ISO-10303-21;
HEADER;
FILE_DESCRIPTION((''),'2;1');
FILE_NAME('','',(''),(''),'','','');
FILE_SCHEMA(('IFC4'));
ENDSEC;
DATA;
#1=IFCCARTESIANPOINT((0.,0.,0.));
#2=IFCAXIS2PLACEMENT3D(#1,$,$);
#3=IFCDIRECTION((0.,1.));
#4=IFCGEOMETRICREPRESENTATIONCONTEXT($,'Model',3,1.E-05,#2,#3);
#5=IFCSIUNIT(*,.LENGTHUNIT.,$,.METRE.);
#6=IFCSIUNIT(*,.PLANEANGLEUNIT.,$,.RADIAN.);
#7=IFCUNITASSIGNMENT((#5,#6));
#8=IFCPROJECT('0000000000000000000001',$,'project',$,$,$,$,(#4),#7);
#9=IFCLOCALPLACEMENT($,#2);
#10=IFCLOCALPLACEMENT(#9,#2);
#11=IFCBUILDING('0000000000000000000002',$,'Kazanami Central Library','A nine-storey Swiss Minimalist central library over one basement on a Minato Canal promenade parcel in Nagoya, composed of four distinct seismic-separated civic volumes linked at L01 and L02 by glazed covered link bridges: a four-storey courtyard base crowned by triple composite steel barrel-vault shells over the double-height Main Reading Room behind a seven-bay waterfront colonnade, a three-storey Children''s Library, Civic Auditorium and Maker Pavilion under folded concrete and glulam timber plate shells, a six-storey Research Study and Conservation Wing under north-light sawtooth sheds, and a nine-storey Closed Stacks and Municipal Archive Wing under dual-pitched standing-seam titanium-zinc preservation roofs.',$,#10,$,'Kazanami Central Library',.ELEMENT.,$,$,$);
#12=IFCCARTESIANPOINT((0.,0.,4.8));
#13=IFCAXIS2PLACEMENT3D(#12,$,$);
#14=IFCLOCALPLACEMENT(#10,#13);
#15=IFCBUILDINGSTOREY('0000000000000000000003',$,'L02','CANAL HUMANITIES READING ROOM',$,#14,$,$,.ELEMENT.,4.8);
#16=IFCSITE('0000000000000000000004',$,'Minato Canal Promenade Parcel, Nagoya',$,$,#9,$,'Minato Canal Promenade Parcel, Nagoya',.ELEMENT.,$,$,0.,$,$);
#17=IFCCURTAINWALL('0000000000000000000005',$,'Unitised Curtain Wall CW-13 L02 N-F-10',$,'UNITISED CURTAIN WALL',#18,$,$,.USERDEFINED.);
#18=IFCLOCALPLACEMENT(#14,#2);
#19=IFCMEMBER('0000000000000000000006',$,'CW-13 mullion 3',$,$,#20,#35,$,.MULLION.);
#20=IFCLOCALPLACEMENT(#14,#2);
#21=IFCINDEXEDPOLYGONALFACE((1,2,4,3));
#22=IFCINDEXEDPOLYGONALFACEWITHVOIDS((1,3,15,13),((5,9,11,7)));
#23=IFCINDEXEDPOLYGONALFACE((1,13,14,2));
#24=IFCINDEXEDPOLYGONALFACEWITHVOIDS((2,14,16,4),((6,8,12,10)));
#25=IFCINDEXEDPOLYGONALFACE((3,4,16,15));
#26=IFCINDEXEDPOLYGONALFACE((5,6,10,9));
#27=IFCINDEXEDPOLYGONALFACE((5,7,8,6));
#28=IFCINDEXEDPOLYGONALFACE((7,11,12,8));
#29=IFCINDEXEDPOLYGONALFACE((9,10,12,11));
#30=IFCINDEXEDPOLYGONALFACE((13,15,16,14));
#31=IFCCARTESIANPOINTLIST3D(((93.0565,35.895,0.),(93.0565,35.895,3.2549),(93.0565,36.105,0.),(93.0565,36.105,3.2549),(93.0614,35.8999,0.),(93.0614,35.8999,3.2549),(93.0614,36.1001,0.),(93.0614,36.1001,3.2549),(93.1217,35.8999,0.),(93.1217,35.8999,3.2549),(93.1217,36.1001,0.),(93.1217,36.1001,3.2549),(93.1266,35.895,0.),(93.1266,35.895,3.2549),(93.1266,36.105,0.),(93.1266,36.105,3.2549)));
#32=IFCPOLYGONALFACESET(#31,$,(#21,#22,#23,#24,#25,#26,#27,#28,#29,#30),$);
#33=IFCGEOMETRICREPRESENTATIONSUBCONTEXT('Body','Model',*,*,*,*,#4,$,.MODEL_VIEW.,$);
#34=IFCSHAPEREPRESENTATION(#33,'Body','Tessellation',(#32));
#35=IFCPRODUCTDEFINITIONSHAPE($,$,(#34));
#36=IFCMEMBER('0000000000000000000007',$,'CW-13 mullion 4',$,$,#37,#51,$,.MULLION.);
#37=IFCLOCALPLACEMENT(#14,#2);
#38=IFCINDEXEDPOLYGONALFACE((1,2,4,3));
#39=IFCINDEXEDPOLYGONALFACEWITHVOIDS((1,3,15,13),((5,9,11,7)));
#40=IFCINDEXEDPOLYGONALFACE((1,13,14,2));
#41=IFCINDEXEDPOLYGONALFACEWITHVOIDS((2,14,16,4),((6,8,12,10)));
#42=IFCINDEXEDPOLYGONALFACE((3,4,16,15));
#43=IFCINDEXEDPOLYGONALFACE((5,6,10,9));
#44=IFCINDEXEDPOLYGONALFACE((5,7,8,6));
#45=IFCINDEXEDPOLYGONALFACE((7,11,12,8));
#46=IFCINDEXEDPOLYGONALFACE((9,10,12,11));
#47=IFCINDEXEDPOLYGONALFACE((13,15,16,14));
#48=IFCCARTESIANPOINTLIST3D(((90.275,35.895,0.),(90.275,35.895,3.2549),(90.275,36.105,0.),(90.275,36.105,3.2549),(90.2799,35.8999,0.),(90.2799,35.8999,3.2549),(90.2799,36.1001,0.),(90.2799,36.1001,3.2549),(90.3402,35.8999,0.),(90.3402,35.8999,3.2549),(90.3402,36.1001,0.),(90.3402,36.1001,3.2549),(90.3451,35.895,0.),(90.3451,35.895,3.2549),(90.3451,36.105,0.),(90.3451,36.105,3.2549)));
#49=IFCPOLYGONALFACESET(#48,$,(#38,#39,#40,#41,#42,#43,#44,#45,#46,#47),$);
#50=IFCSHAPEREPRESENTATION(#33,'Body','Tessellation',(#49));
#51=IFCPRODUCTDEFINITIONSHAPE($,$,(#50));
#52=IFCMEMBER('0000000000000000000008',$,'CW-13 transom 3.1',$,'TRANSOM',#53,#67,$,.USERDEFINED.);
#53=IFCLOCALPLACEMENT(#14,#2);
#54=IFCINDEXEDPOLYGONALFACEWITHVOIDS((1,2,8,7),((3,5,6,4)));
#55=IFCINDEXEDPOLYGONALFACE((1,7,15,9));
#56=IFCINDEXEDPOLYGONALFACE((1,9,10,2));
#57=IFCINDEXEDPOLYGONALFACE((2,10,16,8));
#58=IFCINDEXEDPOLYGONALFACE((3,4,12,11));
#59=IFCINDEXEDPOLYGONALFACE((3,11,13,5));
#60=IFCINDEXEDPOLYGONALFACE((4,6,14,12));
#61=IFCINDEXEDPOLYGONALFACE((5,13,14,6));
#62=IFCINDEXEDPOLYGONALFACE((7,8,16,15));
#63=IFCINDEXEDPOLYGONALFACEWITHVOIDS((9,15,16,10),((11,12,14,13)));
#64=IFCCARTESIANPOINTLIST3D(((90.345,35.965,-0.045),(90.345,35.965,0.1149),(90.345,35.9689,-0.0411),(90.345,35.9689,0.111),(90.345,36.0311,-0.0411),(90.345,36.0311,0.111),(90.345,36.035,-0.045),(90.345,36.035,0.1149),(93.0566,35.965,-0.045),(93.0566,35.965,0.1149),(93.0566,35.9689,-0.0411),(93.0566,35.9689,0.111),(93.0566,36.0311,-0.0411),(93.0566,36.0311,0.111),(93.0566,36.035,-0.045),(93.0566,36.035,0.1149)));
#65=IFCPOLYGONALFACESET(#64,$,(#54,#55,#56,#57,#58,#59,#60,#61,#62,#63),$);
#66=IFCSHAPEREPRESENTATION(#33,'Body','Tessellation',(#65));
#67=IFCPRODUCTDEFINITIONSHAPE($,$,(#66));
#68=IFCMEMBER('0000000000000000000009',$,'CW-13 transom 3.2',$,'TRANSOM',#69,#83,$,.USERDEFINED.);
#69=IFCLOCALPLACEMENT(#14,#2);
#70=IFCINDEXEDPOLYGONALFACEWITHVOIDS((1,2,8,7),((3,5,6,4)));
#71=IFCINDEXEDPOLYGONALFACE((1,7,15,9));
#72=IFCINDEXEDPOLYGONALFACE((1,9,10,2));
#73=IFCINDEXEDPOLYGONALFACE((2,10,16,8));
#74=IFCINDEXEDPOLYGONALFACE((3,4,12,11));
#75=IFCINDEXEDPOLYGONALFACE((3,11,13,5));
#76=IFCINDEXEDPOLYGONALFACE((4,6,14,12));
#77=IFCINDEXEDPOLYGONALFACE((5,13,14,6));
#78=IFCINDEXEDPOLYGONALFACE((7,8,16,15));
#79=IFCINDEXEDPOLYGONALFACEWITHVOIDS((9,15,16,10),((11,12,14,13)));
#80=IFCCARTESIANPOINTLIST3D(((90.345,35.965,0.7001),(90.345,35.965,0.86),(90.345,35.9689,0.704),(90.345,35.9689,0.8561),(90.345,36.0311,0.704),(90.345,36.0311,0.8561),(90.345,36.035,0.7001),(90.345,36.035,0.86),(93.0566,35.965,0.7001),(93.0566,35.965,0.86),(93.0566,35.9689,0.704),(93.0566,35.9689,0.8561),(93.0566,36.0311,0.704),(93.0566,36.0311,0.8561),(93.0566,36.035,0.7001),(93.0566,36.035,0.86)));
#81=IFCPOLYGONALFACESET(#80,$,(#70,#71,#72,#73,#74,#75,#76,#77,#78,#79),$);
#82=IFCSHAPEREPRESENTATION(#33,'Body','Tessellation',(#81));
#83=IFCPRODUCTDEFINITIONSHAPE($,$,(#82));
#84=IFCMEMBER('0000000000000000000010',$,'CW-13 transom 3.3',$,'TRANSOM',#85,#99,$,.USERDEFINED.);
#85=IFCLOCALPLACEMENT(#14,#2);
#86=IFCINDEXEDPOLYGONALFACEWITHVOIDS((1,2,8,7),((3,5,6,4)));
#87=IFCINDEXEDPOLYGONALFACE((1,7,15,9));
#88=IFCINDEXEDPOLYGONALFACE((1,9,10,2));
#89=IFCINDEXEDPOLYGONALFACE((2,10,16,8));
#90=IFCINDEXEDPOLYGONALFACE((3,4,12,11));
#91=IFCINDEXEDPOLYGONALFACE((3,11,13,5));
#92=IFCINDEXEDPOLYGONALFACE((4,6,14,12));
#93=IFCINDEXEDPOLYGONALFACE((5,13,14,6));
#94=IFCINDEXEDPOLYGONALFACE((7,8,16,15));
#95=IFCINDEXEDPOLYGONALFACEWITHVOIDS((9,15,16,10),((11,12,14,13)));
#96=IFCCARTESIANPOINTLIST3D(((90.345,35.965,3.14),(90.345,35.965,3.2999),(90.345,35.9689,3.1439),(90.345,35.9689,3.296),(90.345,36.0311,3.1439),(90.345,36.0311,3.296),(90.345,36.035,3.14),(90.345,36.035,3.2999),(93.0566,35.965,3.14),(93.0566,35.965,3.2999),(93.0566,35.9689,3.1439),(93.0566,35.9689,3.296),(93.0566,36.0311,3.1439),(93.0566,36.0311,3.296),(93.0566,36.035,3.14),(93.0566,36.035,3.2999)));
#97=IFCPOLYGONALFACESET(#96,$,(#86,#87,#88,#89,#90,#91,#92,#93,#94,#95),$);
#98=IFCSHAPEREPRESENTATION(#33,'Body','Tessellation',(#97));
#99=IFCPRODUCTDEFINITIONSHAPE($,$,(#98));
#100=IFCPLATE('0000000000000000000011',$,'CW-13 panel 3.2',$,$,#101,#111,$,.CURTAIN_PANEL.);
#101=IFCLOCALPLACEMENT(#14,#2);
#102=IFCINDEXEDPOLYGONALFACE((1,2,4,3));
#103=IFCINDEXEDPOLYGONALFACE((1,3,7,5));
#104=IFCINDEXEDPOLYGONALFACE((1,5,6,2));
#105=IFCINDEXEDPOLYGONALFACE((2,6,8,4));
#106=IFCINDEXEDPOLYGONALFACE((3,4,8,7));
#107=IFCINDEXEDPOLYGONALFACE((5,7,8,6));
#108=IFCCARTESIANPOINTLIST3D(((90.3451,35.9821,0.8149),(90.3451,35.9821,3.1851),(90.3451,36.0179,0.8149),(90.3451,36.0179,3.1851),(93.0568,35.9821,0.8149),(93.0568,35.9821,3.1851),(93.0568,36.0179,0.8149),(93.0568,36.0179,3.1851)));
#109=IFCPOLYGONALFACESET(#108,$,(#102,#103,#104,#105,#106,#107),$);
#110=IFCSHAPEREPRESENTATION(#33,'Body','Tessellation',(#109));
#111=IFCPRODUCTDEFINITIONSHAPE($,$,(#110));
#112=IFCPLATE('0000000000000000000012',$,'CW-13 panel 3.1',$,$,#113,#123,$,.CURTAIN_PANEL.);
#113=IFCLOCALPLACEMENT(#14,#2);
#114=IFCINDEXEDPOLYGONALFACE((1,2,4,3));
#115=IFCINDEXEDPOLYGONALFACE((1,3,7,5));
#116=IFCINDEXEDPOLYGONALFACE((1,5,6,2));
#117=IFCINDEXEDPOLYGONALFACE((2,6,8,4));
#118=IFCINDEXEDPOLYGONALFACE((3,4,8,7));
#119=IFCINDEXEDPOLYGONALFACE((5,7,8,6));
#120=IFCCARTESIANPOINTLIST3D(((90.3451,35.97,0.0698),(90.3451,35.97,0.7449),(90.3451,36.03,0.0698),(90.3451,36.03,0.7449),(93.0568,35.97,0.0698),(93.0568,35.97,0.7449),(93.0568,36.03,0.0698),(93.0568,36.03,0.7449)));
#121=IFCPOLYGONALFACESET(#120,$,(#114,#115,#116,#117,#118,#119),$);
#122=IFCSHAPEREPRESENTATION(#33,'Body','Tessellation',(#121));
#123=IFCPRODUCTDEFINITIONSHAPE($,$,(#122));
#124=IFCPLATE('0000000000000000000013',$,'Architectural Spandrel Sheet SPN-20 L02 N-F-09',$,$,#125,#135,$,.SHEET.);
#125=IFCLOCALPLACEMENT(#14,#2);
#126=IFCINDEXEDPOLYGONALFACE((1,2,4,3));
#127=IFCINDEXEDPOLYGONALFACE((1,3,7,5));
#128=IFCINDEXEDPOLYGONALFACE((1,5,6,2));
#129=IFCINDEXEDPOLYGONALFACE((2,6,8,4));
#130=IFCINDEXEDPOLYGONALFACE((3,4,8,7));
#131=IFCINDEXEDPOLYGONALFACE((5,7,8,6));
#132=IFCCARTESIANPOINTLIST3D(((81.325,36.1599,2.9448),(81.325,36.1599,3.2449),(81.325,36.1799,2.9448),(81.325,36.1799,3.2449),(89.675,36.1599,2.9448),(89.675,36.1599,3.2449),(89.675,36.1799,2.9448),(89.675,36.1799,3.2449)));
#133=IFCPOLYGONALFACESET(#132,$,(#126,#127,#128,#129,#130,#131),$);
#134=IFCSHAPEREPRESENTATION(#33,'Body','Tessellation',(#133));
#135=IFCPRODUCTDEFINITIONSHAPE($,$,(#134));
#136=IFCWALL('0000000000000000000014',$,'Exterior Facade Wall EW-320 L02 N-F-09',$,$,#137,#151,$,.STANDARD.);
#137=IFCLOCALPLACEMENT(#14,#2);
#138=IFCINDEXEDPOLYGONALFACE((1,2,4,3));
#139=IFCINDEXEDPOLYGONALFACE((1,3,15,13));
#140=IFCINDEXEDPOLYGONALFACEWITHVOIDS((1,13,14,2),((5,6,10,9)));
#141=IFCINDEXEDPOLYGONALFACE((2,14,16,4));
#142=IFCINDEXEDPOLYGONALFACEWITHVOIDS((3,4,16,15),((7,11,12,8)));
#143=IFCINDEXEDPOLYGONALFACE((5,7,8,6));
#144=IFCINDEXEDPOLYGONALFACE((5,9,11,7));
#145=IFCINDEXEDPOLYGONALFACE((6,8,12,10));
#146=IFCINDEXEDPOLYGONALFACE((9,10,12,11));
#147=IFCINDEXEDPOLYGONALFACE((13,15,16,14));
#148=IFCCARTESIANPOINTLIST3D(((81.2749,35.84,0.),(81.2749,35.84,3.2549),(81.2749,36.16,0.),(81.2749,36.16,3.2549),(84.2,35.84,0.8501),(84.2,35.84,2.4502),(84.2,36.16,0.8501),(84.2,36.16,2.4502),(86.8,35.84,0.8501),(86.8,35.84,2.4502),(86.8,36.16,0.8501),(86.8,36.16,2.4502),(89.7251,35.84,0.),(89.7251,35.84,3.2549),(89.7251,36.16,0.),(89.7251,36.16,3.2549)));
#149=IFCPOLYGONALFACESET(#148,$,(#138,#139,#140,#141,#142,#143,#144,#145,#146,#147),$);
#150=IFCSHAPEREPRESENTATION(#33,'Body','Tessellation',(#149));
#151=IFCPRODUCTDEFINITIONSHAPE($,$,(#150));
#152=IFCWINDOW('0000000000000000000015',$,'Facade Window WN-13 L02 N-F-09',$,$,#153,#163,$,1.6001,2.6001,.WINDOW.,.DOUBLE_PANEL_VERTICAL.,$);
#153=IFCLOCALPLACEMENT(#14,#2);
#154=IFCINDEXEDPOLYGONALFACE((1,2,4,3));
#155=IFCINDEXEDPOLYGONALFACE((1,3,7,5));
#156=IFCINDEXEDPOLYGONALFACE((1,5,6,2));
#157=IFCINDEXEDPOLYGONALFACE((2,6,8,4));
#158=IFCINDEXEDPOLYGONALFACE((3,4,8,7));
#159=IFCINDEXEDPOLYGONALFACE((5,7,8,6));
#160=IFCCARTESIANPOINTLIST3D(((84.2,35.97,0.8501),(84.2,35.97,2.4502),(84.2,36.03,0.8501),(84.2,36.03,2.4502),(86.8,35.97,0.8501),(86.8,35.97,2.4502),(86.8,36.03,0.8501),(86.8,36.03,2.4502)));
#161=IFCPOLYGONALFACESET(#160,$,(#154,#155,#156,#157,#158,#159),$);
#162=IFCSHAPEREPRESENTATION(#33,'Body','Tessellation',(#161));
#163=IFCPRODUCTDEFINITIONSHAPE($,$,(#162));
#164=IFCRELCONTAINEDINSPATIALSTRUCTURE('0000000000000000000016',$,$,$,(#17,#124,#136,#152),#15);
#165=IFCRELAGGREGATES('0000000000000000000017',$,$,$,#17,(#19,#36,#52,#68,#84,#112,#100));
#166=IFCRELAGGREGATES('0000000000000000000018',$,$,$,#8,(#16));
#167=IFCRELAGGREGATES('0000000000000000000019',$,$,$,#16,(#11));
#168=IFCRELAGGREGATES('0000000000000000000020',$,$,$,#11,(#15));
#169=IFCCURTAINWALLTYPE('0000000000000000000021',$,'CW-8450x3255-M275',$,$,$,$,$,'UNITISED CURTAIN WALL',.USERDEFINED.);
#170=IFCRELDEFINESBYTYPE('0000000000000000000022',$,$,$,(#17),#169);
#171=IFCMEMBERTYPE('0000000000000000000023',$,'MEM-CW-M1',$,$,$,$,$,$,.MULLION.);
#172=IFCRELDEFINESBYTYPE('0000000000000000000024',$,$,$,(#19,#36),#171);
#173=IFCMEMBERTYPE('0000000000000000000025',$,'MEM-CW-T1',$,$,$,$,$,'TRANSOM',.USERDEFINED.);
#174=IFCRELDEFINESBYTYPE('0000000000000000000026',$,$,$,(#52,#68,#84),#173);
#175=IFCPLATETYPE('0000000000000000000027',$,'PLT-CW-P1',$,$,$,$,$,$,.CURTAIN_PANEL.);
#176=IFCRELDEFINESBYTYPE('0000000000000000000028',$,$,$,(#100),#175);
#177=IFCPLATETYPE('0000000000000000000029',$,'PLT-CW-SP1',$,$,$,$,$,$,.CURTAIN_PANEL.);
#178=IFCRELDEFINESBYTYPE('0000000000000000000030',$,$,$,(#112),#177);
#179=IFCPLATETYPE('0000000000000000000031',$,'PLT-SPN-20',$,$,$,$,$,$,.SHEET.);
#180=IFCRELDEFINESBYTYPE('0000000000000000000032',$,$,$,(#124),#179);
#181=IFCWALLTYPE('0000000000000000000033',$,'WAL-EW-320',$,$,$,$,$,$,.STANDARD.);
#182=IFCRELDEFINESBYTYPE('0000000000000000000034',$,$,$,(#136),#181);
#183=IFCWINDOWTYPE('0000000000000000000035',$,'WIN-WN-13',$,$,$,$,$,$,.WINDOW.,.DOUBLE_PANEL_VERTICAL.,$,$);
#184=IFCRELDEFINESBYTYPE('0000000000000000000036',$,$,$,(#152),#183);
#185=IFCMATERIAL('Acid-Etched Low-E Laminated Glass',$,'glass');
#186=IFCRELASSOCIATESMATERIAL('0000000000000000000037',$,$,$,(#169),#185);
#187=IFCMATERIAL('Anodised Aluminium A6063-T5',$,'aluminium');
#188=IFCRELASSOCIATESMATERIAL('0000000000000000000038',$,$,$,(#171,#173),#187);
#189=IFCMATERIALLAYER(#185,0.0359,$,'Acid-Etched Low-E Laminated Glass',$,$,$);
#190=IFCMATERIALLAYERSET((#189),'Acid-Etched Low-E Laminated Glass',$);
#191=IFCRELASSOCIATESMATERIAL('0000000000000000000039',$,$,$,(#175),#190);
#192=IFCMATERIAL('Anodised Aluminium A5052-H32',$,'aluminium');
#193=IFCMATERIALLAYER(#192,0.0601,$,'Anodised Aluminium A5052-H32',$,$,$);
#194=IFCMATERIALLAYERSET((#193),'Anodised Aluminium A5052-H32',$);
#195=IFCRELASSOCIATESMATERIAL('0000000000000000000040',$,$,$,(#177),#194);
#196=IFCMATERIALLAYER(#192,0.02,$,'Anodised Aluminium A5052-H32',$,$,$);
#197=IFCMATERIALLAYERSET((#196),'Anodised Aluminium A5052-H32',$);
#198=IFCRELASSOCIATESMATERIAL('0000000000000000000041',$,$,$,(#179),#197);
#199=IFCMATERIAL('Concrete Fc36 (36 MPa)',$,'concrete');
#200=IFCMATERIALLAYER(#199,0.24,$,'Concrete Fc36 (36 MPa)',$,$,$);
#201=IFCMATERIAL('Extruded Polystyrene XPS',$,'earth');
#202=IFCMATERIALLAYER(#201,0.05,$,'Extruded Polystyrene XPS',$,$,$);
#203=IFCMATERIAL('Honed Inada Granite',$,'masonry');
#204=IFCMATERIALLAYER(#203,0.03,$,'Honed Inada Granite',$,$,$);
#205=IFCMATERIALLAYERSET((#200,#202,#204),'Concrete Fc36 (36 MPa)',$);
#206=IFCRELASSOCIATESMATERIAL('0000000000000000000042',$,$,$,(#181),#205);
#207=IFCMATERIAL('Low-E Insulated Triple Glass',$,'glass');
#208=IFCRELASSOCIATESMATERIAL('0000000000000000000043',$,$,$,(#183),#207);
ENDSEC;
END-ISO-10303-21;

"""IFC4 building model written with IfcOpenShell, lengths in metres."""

from ifc_helpers import new_model, si_unit, direction, frame, frame_2d, origin, origin_2d, place, context, subcontext, project, spatial, rectangle, hollow_rectangle, extrude, material, layer, layer_set, material_profile, profile_set, type_object, element, fill, aggregate, save


model = new_model("IFC4")

# Units and contexts
model_context = context("Model", 3, precision=1e-05, world=origin(), true_north=direction((0.0, 1.0)))
body_context = subcontext(model_context, "Body", "Model", "MODEL_VIEW")
ifc_project = project(units=[si_unit("LENGTHUNIT", "METRE"), si_unit("PLANEANGLEUNIT", "RADIAN")], contexts=[model_context])

# Site, building, storey
site_placement = place(None, origin())
site = spatial("IfcSite", under=ifc_project, at=site_placement, Name="Minato Canal Promenade Parcel, Nagoya", LongName="Minato Canal Promenade Parcel, Nagoya", CompositionType="ELEMENT", RefElevation=0.0)
building_placement = place(site_placement, origin())
building = spatial("IfcBuilding", under=site, at=building_placement, Name="Kazanami Central Library", Description="A nine-storey Swiss Minimalist central library over one basement on a Minato Canal promenade parcel in Nagoya, composed of four distinct seismic-separated civic volumes linked at L01 and L02 by glazed covered link bridges: a four-storey courtyard base crowned by triple composite steel barrel-vault shells over the double-height Main Reading Room behind a seven-bay waterfront colonnade, a three-storey Children's Library, Civic Auditorium and Maker Pavilion under folded concrete and glulam timber plate shells, a six-storey Research Study and Conservation Wing under north-light sawtooth sheds, and a nine-storey Closed Stacks and Municipal Archive Wing under dual-pitched standing-seam titanium-zinc preservation roofs.", LongName="Kazanami Central Library", CompositionType="ELEMENT")
storey_placement = place(building_placement, frame((0.0, 0.0, 4.8)))
storey = spatial("IfcBuildingStorey", under=building, at=storey_placement, Name="L02", Description="CANAL HUMANITIES READING ROOM", CompositionType="ELEMENT", Elevation=4.8)

# Curtain wall, members, plates
ifc_material_1 = material(Name="Acid-Etched Low-E Laminated Glass", Category="glass")
curtain_wall_type = type_object("IfcCurtainWallType", Name="CW-8450x3255-M275", ElementType="UNITISED CURTAIN WALL", PredefinedType="USERDEFINED", material=ifc_material_1)
curtain_wall_placement = place(storey_placement, origin())
curtain_wall = element("IfcCurtainWall", 1, at=curtain_wall_placement, inside=storey, type_object=curtain_wall_type, Name="Unitised Curtain Wall CW-13 L02 N-F-10", ObjectType="UNITISED CURTAIN WALL", PredefinedType="USERDEFINED")
ifc_material_2 = material(Name="Anodised Aluminium A6063-T5", Category="aluminium")
ifc_material_profile_1 = material_profile(ifc_material_2, hollow_rectangle(XDim=0.0701, YDim=0.21, WallThickness=0.0049, at=origin_2d()), Name="ALU-MULL-70x210x5")
ifc_profile_set_1 = profile_set([ifc_material_profile_1], Name="Anodised Aluminium A6063-T5")
member_type_1 = type_object("IfcMemberType", Name="MEM-CW-M1", PredefinedType="MULLION", material=ifc_profile_set_1)
member_1_placement = place(storey_placement, frame((93.0916, 36.0, 0.0), z_axis=(0.0, 0.0, 1.0), x_axis=(-1.0, 0.0, 0.0)))
member_1 = element("IfcMember", 2, at=member_1_placement, type_object=member_type_1, Name="CW-13 mullion 3", PredefinedType="MULLION", context=body_context, shape_type="SweptSolid", body=[
    extrude(hollow_rectangle(XDim=0.0701, YDim=0.21, WallThickness=0.0049, at=origin_2d()), origin(), (0.0, 0.0, 1.0), 3.2549),
])
member_2_placement = place(storey_placement, frame((90.3101, 36.0, 0.0), z_axis=(0.0, 0.0, 1.0), x_axis=(-1.0, 0.0, 0.0)))
member_2 = element("IfcMember", 3, at=member_2_placement, type_object=member_type_1, Name="CW-13 mullion 4", PredefinedType="MULLION", context=body_context, shape_type="SweptSolid", body=[
    extrude(hollow_rectangle(XDim=0.0701, YDim=0.21, WallThickness=0.0049, at=origin_2d()), origin(), (0.0, 0.0, 1.0), 3.2549),
])
ifc_material_profile_2 = material_profile(ifc_material_2, hollow_rectangle(XDim=0.0701, YDim=0.1599, WallThickness=0.0039, at=origin_2d()), Name="ALU-TRAN-70x160x4")
ifc_profile_set_2 = profile_set([ifc_material_profile_2], Name="Anodised Aluminium A6063-T5")
member_type_2 = type_object("IfcMemberType", Name="MEM-CW-T1", ElementType="TRANSOM", PredefinedType="USERDEFINED", material=ifc_profile_set_2)
member_3_placement = place(storey_placement, frame((93.0566, 36.0, 0.0349), z_axis=(-1.0, 0.0, 0.0), x_axis=(0.0, -1.0, 0.0)))
member_3 = element("IfcMember", 4, at=member_3_placement, type_object=member_type_2, Name="CW-13 transom 3.1", ObjectType="TRANSOM", PredefinedType="USERDEFINED", context=body_context, shape_type="SweptSolid", body=[
    extrude(hollow_rectangle(XDim=0.0701, YDim=0.1599, WallThickness=0.0039, at=origin_2d()), origin(), (0.0, 0.0, 1.0), 2.7117),
])
member_4_placement = place(storey_placement, frame((93.0566, 36.0, 0.78), z_axis=(-1.0, 0.0, 0.0), x_axis=(0.0, -1.0, 0.0)))
member_4 = element("IfcMember", 5, at=member_4_placement, type_object=member_type_2, Name="CW-13 transom 3.2", ObjectType="TRANSOM", PredefinedType="USERDEFINED", context=body_context, shape_type="SweptSolid", body=[
    extrude(hollow_rectangle(XDim=0.0701, YDim=0.1599, WallThickness=0.0039, at=origin_2d()), origin(), (0.0, 0.0, 1.0), 2.7117),
])
member_5_placement = place(storey_placement, frame((93.0566, 36.0, 3.22), z_axis=(-1.0, 0.0, 0.0), x_axis=(0.0, -1.0, 0.0)))
member_5 = element("IfcMember", 6, at=member_5_placement, type_object=member_type_2, Name="CW-13 transom 3.3", ObjectType="TRANSOM", PredefinedType="USERDEFINED", context=body_context, shape_type="SweptSolid", body=[
    extrude(hollow_rectangle(XDim=0.0701, YDim=0.1599, WallThickness=0.0039, at=origin_2d()), origin(), (0.0, 0.0, 1.0), 2.7117),
])
ifc_layer_1 = layer(ifc_material_1, 0.0359, Name="Acid-Etched Low-E Laminated Glass")
ifc_layer_set_1 = layer_set([ifc_layer_1], Name="Acid-Etched Low-E Laminated Glass")
plate_type_1 = type_object("IfcPlateType", Name="PLT-CW-P1", PredefinedType="CURTAIN_PANEL", material=ifc_layer_set_1)
plate_1_placement = place(storey_placement, frame((91.7009, 36.0, 0.8149), z_axis=(0.0, 0.0, 1.0), x_axis=(-1.0, 0.0, 0.0)))
plate_1 = element("IfcPlate", 7, at=plate_1_placement, type_object=plate_type_1, Name="CW-13 panel 3.2", PredefinedType="CURTAIN_PANEL", context=body_context, shape_type="SweptSolid", body=[
    extrude(rectangle(XDim=2.7117, YDim=0.0359, at=origin_2d()), origin(), (0.0, 0.0, 1.0), 2.3701),
])
ifc_material_3 = material(Name="Anodised Aluminium A5052-H32", Category="aluminium")
ifc_layer_2 = layer(ifc_material_3, 0.0601, Name="Anodised Aluminium A5052-H32")
ifc_layer_set_2 = layer_set([ifc_layer_2], Name="Anodised Aluminium A5052-H32")
plate_type_2 = type_object("IfcPlateType", Name="PLT-CW-SP1", PredefinedType="CURTAIN_PANEL", material=ifc_layer_set_2)
plate_2_placement = place(storey_placement, frame((91.7009, 36.0, 0.0698), z_axis=(0.0, 0.0, 1.0), x_axis=(-1.0, 0.0, 0.0)))
plate_2 = element("IfcPlate", 8, at=plate_2_placement, type_object=plate_type_2, Name="CW-13 panel 3.1", PredefinedType="CURTAIN_PANEL", context=body_context, shape_type="SweptSolid", body=[
    extrude(rectangle(XDim=2.7117, YDim=0.0601, at=origin_2d()), origin(), (0.0, 0.0, 1.0), 0.675),
])
aggregate(curtain_wall, [member_1, member_2, member_3, member_4, member_5, plate_2, plate_1])

# Plate
ifc_layer_3 = layer(ifc_material_3, 0.02, Name="Anodised Aluminium A5052-H32")
ifc_layer_set_3 = layer_set([ifc_layer_3], Name="Anodised Aluminium A5052-H32")
plate_type_3 = type_object("IfcPlateType", Name="PLT-SPN-20", PredefinedType="SHEET", material=ifc_layer_set_3)
plate_3_placement = place(storey_placement, frame((85.5, 36.1699, 2.9448), z_axis=(0.0, 0.0, 1.0), x_axis=(-1.0, 0.0, 0.0)))
element("IfcPlate", 9, at=plate_3_placement, inside=storey, type_object=plate_type_3, Name="Architectural Spandrel Sheet SPN-20 L02 N-F-09", PredefinedType="SHEET", context=body_context, shape_type="SweptSolid", body=[
    extrude(rectangle(XDim=8.3501, YDim=0.02, at=origin_2d()), origin(), (0.0, 0.0, 1.0), 0.3),
])

# Wall, opening, window
ifc_material_4 = material(Name="Concrete Fc36 (36 MPa)", Category="concrete")
ifc_layer_4 = layer(ifc_material_4, 0.24, Name="Concrete Fc36 (36 MPa)")
ifc_material_5 = material(Name="Extruded Polystyrene XPS", Category="earth")
ifc_layer_5 = layer(ifc_material_5, 0.05, Name="Extruded Polystyrene XPS")
ifc_material_6 = material(Name="Honed Inada Granite", Category="masonry")
ifc_layer_6 = layer(ifc_material_6, 0.03, Name="Honed Inada Granite")
ifc_layer_set_4 = layer_set([ifc_layer_4, ifc_layer_5, ifc_layer_6], Name="Concrete Fc36 (36 MPa)")
wall_type = type_object("IfcWallType", Name="WAL-EW-320", PredefinedType="STANDARD", material=ifc_layer_set_4)
wall_placement = place(storey_placement, frame((89.7251, 36.0, 0.0), z_axis=(0.0, 0.0, 1.0), x_axis=(-1.0, 0.0, 0.0)))
wall = element("IfcWall", 10, at=wall_placement, inside=storey, type_object=wall_type, Name="Exterior Facade Wall EW-320 L02 N-F-09", PredefinedType="STANDARD", context=body_context, shape_type="SweptSolid", body=[
    extrude(rectangle(XDim=8.4502, YDim=0.3201, at=frame_2d((4.2251, 0.0))), origin(), (0.0, 0.0, 1.0), 3.2549),
])
opening_placement = place(wall_placement, frame((2.925, 0.0, 0.8501)))
opening = element("IfcOpeningElement", 11, at=opening_placement, cuts=wall, PredefinedType="OPENING", context=body_context, shape_type="SweptSolid", body=[
    extrude(rectangle(XDim=2.6001, YDim=1.6001, at=frame_2d((1.3, 0.8))), frame((0.0, 0.1719, 0.0), z_axis=(0.0, -1.0, 0.0), x_axis=(1.0, 0.0, 0.0)), (0.0, 0.0, 1.0), 0.344),
])
ifc_material_7 = material(Name="Low-E Insulated Triple Glass", Category="glass")
window_type = type_object("IfcWindowType", Name="WIN-WN-13", PartitioningType="DOUBLE_PANEL_VERTICAL", PredefinedType="WINDOW", material=ifc_material_7)
window_placement = place(opening_placement, origin())
window = element("IfcWindow", 12, at=window_placement, inside=storey, type_object=window_type, Name="Facade Window WN-13 L02 N-F-09", OverallHeight=1.6001, OverallWidth=2.6001, PartitioningType="DOUBLE_PANEL_VERTICAL", PredefinedType="WINDOW", context=body_context, shape_type="SweptSolid", body=[
    extrude(rectangle(XDim=2.6001, YDim=1.6001, at=frame_2d((1.3, 0.8))), frame((0.0, 0.03, 0.0), z_axis=(0.0, -1.0, 0.0), x_axis=(1.0, 0.0, 0.0)), (0.0, 0.0, 1.0), 0.0601),
])
fill(opening, window)

save(model, "model.ifc")
